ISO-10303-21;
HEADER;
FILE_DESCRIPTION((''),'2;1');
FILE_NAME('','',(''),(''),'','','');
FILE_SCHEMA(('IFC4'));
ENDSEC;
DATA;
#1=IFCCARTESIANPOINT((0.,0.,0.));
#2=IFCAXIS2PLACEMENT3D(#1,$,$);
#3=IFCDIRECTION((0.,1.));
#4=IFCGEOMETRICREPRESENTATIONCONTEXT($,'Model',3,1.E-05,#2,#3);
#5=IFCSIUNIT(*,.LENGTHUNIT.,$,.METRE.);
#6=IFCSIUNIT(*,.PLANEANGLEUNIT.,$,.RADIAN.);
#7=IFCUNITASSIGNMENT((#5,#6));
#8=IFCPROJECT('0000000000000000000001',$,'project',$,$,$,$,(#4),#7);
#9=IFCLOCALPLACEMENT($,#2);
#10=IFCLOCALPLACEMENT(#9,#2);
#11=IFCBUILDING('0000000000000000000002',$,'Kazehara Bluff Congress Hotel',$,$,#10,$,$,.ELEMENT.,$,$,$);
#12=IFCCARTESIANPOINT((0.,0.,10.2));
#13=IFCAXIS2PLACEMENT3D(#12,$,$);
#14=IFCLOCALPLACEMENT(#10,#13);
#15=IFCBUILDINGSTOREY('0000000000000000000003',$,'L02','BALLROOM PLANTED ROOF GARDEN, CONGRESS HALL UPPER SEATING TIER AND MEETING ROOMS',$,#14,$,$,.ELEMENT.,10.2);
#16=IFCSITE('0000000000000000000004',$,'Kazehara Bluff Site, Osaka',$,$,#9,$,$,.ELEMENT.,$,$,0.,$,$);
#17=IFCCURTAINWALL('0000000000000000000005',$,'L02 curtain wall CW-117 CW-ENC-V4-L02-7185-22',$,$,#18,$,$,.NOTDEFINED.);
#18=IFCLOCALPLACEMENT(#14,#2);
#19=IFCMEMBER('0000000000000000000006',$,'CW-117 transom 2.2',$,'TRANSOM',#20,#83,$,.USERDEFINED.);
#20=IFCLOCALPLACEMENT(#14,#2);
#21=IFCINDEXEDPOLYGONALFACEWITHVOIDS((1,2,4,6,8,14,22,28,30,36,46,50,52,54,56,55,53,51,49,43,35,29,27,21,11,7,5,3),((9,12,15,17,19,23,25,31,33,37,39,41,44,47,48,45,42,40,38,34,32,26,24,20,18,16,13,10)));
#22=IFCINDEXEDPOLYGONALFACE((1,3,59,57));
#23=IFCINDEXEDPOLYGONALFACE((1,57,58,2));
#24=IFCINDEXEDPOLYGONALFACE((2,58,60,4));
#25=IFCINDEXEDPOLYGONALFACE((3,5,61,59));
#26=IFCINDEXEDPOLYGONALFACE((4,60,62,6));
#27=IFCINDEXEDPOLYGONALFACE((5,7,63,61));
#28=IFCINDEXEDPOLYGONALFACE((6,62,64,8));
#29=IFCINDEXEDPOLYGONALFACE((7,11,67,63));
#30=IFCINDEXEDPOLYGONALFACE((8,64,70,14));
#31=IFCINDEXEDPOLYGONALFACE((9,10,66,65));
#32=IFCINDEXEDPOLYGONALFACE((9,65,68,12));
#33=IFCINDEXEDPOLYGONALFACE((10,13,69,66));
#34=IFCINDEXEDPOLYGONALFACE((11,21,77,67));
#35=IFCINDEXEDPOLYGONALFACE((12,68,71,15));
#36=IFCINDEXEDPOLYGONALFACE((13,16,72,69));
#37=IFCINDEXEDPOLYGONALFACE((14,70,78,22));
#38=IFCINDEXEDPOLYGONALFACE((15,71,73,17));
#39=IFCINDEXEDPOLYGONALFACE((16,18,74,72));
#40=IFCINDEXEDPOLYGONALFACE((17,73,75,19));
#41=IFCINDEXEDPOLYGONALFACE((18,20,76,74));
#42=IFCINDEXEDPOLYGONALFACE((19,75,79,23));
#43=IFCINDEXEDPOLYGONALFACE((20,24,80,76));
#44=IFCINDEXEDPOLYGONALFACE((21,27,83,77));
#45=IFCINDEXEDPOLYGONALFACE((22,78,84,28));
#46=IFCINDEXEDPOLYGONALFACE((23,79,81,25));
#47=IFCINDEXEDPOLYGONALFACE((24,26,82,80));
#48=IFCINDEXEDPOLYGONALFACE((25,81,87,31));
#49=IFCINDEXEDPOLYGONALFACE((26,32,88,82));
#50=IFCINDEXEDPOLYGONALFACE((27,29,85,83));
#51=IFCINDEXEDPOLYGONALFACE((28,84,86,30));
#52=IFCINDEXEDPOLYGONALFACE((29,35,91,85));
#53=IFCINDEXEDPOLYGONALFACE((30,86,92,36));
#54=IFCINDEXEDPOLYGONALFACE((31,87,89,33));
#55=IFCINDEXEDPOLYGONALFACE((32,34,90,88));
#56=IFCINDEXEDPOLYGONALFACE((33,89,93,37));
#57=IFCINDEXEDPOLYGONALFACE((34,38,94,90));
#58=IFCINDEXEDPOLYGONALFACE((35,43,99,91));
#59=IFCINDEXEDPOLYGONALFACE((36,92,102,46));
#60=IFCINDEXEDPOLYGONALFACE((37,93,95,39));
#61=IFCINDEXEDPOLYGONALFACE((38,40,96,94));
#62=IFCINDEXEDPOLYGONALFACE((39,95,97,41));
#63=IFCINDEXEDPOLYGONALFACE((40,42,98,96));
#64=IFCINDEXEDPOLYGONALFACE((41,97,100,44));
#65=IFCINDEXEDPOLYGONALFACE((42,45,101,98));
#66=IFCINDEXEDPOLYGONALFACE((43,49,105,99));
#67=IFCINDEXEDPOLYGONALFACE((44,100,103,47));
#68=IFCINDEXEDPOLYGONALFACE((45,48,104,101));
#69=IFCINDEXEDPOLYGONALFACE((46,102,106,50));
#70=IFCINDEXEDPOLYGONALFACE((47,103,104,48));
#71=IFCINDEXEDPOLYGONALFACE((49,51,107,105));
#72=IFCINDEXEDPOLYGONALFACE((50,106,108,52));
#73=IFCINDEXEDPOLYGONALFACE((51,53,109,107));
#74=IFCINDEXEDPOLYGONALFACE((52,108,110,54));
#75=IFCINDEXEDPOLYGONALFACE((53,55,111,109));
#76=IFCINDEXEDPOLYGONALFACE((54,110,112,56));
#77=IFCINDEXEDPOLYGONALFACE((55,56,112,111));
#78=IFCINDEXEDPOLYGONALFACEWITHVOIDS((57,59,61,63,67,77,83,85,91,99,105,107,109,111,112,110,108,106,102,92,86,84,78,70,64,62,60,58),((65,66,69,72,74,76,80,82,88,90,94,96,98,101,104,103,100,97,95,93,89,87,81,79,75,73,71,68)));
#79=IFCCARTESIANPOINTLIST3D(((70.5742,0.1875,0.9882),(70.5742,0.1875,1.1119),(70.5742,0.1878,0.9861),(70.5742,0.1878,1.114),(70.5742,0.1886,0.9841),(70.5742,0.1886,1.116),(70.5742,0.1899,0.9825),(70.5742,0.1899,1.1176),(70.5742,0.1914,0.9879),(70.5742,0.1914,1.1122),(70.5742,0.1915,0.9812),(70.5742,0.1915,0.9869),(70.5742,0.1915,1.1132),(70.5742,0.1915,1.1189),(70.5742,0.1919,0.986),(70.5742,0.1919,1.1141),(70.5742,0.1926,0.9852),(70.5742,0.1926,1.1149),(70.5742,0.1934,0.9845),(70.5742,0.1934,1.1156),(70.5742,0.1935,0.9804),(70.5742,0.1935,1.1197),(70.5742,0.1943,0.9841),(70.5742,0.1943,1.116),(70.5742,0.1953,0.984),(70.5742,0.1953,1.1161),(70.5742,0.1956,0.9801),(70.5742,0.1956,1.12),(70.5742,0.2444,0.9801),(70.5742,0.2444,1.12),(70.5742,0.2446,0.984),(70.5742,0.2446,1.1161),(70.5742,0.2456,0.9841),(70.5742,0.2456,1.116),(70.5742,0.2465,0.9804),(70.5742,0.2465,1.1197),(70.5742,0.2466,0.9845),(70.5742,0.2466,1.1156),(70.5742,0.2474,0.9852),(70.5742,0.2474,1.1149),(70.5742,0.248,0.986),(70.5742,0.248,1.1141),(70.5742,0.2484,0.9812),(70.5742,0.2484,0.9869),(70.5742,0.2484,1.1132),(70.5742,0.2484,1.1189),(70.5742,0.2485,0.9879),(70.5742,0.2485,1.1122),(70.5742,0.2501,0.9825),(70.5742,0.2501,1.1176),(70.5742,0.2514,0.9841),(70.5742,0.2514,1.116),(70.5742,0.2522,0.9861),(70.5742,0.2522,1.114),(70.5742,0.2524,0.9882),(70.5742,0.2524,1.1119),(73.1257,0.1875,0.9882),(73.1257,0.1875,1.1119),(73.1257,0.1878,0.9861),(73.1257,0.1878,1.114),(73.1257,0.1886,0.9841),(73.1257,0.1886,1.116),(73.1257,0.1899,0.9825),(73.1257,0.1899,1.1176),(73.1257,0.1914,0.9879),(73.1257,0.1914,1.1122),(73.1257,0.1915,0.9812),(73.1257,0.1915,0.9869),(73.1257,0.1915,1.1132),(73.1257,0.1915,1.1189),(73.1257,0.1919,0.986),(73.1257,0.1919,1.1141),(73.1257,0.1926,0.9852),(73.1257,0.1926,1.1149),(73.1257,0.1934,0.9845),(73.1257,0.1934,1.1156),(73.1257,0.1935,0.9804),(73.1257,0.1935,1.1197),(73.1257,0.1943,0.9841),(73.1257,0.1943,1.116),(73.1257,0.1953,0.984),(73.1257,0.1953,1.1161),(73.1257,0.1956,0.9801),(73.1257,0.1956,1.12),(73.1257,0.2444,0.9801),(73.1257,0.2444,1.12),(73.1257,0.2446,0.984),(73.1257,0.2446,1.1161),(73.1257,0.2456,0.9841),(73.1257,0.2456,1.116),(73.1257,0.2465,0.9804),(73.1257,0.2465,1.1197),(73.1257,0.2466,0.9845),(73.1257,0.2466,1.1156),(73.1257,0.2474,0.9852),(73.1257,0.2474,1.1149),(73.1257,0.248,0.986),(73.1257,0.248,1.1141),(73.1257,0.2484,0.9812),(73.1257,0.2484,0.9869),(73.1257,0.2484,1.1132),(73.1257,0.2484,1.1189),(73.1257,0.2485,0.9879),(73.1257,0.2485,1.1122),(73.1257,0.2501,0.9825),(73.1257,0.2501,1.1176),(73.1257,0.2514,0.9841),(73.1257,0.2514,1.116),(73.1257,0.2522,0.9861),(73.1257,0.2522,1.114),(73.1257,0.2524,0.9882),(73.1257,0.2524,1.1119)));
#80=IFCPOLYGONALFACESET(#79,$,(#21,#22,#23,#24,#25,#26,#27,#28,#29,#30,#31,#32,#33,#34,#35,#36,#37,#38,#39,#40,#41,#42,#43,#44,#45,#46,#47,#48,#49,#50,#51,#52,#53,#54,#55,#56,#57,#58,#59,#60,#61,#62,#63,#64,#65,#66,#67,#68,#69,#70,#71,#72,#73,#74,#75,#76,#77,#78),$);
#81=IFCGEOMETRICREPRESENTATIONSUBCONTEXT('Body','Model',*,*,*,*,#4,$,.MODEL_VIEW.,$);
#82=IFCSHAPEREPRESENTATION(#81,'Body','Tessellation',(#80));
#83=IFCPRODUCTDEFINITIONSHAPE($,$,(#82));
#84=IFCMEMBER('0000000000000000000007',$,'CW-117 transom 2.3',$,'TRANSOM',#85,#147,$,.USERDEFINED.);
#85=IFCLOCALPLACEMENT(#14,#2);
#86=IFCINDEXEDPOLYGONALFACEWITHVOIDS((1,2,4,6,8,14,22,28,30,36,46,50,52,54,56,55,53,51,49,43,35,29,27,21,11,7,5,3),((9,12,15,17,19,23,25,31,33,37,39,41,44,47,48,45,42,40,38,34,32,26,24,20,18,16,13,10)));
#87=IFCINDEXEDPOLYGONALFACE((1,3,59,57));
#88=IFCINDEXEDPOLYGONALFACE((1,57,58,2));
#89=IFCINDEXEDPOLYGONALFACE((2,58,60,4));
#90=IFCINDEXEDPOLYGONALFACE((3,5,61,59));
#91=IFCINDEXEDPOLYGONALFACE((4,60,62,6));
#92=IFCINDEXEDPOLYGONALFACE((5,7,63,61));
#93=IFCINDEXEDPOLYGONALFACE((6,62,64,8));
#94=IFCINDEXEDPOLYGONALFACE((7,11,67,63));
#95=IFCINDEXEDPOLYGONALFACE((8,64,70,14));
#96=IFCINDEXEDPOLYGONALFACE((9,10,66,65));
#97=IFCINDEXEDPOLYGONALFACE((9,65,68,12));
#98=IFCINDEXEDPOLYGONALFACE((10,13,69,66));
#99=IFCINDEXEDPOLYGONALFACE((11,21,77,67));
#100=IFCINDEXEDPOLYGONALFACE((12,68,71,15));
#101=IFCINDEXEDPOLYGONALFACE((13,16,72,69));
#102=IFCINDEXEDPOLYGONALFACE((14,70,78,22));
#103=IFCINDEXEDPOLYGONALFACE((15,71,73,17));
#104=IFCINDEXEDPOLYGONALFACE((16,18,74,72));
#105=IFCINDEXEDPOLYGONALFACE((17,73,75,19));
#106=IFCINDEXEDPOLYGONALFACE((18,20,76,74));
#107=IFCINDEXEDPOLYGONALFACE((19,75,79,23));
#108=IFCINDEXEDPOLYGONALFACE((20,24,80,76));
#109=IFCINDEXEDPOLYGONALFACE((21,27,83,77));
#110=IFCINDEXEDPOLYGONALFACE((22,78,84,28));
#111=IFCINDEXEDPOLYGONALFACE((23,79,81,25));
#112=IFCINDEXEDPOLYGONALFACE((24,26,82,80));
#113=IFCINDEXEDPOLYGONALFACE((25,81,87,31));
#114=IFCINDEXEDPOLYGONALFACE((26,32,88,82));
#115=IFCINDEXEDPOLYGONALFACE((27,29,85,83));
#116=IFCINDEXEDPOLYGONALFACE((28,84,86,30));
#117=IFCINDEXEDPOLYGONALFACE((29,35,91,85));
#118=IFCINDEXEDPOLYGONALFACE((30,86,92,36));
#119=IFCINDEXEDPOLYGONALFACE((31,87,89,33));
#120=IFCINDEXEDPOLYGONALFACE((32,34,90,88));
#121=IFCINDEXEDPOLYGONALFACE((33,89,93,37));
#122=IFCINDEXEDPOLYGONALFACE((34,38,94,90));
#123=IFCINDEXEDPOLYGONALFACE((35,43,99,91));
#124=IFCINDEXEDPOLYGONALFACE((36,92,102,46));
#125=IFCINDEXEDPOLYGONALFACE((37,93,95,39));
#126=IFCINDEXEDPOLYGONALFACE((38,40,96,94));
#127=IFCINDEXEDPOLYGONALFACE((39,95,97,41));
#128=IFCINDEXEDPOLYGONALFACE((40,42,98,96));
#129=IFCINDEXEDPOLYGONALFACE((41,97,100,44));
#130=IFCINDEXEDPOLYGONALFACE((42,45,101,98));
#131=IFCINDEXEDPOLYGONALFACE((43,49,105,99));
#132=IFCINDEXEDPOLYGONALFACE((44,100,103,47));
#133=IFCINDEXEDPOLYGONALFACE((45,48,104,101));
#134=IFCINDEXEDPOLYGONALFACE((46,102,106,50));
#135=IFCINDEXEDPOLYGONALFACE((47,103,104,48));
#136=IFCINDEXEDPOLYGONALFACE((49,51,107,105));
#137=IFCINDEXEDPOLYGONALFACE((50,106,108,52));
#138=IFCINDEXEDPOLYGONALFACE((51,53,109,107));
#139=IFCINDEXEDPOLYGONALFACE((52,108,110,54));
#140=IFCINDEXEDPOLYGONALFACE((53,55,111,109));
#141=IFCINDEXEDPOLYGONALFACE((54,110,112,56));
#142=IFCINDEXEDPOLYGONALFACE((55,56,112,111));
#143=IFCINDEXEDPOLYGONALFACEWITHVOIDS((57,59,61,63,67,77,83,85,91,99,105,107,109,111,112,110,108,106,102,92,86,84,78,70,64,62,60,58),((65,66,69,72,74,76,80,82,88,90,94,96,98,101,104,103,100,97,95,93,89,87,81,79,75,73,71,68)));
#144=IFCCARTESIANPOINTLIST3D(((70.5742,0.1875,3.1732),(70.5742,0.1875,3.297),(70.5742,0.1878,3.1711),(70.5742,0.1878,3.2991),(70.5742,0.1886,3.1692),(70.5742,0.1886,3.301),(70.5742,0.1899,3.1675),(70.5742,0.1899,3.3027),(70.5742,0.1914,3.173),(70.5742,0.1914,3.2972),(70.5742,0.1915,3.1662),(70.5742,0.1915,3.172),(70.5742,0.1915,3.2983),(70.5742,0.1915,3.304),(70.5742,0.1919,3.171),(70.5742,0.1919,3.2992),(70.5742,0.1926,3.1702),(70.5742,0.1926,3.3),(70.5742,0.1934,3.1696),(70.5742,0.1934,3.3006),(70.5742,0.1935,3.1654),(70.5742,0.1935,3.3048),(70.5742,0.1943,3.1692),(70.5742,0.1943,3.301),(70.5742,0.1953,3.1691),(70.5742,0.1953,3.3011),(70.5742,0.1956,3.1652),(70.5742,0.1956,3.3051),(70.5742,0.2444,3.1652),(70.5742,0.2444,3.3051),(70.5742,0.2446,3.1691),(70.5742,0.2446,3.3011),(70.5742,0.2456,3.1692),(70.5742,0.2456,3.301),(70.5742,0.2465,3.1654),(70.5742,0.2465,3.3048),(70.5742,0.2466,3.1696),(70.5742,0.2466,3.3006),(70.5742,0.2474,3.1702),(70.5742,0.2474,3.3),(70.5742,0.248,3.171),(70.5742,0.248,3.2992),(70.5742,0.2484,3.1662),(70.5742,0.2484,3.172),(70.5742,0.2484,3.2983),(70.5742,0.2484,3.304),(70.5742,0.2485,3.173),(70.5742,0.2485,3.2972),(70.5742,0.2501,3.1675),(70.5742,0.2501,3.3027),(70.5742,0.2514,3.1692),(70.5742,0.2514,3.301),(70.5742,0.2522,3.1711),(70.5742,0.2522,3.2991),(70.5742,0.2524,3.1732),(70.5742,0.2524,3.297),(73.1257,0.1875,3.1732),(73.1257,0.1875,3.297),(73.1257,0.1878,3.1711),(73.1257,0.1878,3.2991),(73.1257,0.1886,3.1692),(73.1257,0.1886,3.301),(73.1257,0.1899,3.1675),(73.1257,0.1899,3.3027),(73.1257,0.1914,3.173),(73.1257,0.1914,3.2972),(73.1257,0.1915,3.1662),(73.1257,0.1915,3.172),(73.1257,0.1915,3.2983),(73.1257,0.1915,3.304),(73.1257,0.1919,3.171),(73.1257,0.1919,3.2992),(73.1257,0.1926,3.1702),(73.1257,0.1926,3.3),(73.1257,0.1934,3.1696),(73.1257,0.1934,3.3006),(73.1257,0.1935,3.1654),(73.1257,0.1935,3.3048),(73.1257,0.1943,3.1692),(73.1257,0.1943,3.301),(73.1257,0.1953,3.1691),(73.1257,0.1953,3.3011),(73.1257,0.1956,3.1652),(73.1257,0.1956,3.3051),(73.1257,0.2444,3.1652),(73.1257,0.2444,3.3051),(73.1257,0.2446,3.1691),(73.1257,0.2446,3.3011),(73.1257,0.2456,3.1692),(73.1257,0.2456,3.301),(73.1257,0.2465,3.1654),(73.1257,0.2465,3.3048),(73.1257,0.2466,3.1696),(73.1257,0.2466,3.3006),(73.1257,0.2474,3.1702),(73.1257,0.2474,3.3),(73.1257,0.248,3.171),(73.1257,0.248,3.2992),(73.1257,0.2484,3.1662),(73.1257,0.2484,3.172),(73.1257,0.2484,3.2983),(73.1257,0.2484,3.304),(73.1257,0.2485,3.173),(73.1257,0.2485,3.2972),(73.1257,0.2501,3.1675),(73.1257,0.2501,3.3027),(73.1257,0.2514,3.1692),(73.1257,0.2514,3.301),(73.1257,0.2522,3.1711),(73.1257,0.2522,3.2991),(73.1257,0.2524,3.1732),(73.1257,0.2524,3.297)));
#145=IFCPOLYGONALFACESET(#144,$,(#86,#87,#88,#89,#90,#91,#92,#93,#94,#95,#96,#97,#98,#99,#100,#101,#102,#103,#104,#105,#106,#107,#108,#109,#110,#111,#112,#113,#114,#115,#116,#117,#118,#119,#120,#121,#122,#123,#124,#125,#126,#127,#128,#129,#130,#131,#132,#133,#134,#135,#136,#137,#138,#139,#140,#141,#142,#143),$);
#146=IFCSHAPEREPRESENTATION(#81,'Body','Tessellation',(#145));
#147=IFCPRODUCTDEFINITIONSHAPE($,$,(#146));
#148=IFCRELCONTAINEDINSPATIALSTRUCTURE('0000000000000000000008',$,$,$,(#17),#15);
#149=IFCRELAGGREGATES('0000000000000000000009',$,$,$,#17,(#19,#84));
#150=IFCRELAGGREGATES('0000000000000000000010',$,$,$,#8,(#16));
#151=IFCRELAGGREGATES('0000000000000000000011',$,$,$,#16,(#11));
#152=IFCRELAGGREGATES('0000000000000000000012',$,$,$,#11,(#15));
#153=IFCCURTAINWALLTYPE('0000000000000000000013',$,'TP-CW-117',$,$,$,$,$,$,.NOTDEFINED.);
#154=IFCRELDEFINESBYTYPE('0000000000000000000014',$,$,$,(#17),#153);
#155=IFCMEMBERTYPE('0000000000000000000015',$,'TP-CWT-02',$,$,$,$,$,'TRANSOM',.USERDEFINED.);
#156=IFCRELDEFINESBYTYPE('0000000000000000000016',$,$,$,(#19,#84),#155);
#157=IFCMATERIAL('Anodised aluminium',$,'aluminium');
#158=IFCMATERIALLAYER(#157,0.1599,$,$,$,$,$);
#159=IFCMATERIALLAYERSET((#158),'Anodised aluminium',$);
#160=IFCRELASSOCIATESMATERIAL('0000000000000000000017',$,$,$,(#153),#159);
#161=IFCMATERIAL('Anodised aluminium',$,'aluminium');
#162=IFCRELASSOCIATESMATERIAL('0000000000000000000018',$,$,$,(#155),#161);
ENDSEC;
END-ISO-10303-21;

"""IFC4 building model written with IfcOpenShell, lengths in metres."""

from ifc_helpers import new_model, si_unit, direction, frame, origin, origin_2d, place, context, subcontext, project, spatial, hollow_rectangle, extrude, material, layer, layer_set, material_profile, profile_set, type_object, element, aggregate, save


model = new_model("IFC4")

# Units and contexts
model_context = context("Model", 3, precision=1e-05, world=origin(), true_north=direction((0.0, 1.0)))
body_context = subcontext(model_context, "Body", "Model", "MODEL_VIEW")
ifc_project = project(units=[si_unit("LENGTHUNIT", "METRE"), si_unit("PLANEANGLEUNIT", "RADIAN")], contexts=[model_context])

# Site, building, storey
site_placement = place(None, origin())
site = spatial("IfcSite", under=ifc_project, at=site_placement, Name="Kazehara Bluff Site, Osaka", CompositionType="ELEMENT", RefElevation=0.0)
building_placement = place(site_placement, origin())
building = spatial("IfcBuilding", under=site, at=building_placement, Name="Kazehara Bluff Congress Hotel", CompositionType="ELEMENT")
storey_placement = place(building_placement, frame((0.0, 0.0, 10.2)))
storey = spatial("IfcBuildingStorey", under=building, at=storey_placement, Name="L02", Description="BALLROOM PLANTED ROOF GARDEN, CONGRESS HALL UPPER SEATING TIER AND MEETING ROOMS", CompositionType="ELEMENT", Elevation=10.2)

# Curtain wall, members
ifc_material_1 = material(Name="Anodised aluminium", Category="aluminium")
ifc_layer_1 = layer(ifc_material_1, 0.1599)
ifc_layer_set_1 = layer_set([ifc_layer_1], Name="Anodised aluminium")
curtain_wall_type = type_object("IfcCurtainWallType", Name="TP-CW-117", PredefinedType="NOTDEFINED", material=ifc_layer_set_1)
curtain_wall_placement = place(storey_placement, origin())
curtain_wall = element("IfcCurtainWall", 1, at=curtain_wall_placement, inside=storey, type_object=curtain_wall_type, Name="L02 curtain wall CW-117 CW-ENC-V4-L02-7185-22", PredefinedType="NOTDEFINED")
ifc_material_2 = material(Name="Anodised aluminium", Category="aluminium")
ifc_material_profile_1 = material_profile(ifc_material_2, hollow_rectangle(XDim=0.0649, YDim=0.1399, WallThickness=0.0039, InnerFilletRadius=0.0039, OuterFilletRadius=0.0081, at=origin_2d()))
ifc_profile_set_1 = profile_set([ifc_material_profile_1], Name="Anodised aluminium")
member_type_1 = type_object("IfcMemberType", Name="TP-CWT-02", ElementType="TRANSOM", PredefinedType="USERDEFINED", material=ifc_profile_set_1)
member_1_placement = place(storey_placement, frame((73.1257, 0.22, 1.05), z_axis=(-1.0, 0.0, 0.0), x_axis=(0.0, -1.0, 0.0)))
member_1 = element("IfcMember", 2, at=member_1_placement, type_object=member_type_1, Name="CW-117 transom 2.2", ObjectType="TRANSOM", PredefinedType="USERDEFINED", context=body_context, shape_type="SweptSolid", body=[
    extrude(hollow_rectangle(XDim=0.0649, YDim=0.1399, WallThickness=0.0039, InnerFilletRadius=0.0039, OuterFilletRadius=0.0081, at=origin_2d()), origin(), (0.0, 0.0, 1.0), 2.5515),
])
member_2_placement = place(storey_placement, frame((73.1257, 0.22, 3.2351), z_axis=(-1.0, 0.0, 0.0), x_axis=(0.0, -1.0, 0.0)))
member_2 = element("IfcMember", 3, at=member_2_placement, type_object=member_type_1, Name="CW-117 transom 2.3", ObjectType="TRANSOM", PredefinedType="USERDEFINED", context=body_context, shape_type="SweptSolid", body=[
    extrude(hollow_rectangle(XDim=0.0649, YDim=0.1399, WallThickness=0.0039, InnerFilletRadius=0.0039, OuterFilletRadius=0.0081, at=origin_2d()), origin(), (0.0, 0.0, 1.0), 2.5515),
])
aggregate(curtain_wall, [member_1, member_2])

save(model, "model.ifc")
